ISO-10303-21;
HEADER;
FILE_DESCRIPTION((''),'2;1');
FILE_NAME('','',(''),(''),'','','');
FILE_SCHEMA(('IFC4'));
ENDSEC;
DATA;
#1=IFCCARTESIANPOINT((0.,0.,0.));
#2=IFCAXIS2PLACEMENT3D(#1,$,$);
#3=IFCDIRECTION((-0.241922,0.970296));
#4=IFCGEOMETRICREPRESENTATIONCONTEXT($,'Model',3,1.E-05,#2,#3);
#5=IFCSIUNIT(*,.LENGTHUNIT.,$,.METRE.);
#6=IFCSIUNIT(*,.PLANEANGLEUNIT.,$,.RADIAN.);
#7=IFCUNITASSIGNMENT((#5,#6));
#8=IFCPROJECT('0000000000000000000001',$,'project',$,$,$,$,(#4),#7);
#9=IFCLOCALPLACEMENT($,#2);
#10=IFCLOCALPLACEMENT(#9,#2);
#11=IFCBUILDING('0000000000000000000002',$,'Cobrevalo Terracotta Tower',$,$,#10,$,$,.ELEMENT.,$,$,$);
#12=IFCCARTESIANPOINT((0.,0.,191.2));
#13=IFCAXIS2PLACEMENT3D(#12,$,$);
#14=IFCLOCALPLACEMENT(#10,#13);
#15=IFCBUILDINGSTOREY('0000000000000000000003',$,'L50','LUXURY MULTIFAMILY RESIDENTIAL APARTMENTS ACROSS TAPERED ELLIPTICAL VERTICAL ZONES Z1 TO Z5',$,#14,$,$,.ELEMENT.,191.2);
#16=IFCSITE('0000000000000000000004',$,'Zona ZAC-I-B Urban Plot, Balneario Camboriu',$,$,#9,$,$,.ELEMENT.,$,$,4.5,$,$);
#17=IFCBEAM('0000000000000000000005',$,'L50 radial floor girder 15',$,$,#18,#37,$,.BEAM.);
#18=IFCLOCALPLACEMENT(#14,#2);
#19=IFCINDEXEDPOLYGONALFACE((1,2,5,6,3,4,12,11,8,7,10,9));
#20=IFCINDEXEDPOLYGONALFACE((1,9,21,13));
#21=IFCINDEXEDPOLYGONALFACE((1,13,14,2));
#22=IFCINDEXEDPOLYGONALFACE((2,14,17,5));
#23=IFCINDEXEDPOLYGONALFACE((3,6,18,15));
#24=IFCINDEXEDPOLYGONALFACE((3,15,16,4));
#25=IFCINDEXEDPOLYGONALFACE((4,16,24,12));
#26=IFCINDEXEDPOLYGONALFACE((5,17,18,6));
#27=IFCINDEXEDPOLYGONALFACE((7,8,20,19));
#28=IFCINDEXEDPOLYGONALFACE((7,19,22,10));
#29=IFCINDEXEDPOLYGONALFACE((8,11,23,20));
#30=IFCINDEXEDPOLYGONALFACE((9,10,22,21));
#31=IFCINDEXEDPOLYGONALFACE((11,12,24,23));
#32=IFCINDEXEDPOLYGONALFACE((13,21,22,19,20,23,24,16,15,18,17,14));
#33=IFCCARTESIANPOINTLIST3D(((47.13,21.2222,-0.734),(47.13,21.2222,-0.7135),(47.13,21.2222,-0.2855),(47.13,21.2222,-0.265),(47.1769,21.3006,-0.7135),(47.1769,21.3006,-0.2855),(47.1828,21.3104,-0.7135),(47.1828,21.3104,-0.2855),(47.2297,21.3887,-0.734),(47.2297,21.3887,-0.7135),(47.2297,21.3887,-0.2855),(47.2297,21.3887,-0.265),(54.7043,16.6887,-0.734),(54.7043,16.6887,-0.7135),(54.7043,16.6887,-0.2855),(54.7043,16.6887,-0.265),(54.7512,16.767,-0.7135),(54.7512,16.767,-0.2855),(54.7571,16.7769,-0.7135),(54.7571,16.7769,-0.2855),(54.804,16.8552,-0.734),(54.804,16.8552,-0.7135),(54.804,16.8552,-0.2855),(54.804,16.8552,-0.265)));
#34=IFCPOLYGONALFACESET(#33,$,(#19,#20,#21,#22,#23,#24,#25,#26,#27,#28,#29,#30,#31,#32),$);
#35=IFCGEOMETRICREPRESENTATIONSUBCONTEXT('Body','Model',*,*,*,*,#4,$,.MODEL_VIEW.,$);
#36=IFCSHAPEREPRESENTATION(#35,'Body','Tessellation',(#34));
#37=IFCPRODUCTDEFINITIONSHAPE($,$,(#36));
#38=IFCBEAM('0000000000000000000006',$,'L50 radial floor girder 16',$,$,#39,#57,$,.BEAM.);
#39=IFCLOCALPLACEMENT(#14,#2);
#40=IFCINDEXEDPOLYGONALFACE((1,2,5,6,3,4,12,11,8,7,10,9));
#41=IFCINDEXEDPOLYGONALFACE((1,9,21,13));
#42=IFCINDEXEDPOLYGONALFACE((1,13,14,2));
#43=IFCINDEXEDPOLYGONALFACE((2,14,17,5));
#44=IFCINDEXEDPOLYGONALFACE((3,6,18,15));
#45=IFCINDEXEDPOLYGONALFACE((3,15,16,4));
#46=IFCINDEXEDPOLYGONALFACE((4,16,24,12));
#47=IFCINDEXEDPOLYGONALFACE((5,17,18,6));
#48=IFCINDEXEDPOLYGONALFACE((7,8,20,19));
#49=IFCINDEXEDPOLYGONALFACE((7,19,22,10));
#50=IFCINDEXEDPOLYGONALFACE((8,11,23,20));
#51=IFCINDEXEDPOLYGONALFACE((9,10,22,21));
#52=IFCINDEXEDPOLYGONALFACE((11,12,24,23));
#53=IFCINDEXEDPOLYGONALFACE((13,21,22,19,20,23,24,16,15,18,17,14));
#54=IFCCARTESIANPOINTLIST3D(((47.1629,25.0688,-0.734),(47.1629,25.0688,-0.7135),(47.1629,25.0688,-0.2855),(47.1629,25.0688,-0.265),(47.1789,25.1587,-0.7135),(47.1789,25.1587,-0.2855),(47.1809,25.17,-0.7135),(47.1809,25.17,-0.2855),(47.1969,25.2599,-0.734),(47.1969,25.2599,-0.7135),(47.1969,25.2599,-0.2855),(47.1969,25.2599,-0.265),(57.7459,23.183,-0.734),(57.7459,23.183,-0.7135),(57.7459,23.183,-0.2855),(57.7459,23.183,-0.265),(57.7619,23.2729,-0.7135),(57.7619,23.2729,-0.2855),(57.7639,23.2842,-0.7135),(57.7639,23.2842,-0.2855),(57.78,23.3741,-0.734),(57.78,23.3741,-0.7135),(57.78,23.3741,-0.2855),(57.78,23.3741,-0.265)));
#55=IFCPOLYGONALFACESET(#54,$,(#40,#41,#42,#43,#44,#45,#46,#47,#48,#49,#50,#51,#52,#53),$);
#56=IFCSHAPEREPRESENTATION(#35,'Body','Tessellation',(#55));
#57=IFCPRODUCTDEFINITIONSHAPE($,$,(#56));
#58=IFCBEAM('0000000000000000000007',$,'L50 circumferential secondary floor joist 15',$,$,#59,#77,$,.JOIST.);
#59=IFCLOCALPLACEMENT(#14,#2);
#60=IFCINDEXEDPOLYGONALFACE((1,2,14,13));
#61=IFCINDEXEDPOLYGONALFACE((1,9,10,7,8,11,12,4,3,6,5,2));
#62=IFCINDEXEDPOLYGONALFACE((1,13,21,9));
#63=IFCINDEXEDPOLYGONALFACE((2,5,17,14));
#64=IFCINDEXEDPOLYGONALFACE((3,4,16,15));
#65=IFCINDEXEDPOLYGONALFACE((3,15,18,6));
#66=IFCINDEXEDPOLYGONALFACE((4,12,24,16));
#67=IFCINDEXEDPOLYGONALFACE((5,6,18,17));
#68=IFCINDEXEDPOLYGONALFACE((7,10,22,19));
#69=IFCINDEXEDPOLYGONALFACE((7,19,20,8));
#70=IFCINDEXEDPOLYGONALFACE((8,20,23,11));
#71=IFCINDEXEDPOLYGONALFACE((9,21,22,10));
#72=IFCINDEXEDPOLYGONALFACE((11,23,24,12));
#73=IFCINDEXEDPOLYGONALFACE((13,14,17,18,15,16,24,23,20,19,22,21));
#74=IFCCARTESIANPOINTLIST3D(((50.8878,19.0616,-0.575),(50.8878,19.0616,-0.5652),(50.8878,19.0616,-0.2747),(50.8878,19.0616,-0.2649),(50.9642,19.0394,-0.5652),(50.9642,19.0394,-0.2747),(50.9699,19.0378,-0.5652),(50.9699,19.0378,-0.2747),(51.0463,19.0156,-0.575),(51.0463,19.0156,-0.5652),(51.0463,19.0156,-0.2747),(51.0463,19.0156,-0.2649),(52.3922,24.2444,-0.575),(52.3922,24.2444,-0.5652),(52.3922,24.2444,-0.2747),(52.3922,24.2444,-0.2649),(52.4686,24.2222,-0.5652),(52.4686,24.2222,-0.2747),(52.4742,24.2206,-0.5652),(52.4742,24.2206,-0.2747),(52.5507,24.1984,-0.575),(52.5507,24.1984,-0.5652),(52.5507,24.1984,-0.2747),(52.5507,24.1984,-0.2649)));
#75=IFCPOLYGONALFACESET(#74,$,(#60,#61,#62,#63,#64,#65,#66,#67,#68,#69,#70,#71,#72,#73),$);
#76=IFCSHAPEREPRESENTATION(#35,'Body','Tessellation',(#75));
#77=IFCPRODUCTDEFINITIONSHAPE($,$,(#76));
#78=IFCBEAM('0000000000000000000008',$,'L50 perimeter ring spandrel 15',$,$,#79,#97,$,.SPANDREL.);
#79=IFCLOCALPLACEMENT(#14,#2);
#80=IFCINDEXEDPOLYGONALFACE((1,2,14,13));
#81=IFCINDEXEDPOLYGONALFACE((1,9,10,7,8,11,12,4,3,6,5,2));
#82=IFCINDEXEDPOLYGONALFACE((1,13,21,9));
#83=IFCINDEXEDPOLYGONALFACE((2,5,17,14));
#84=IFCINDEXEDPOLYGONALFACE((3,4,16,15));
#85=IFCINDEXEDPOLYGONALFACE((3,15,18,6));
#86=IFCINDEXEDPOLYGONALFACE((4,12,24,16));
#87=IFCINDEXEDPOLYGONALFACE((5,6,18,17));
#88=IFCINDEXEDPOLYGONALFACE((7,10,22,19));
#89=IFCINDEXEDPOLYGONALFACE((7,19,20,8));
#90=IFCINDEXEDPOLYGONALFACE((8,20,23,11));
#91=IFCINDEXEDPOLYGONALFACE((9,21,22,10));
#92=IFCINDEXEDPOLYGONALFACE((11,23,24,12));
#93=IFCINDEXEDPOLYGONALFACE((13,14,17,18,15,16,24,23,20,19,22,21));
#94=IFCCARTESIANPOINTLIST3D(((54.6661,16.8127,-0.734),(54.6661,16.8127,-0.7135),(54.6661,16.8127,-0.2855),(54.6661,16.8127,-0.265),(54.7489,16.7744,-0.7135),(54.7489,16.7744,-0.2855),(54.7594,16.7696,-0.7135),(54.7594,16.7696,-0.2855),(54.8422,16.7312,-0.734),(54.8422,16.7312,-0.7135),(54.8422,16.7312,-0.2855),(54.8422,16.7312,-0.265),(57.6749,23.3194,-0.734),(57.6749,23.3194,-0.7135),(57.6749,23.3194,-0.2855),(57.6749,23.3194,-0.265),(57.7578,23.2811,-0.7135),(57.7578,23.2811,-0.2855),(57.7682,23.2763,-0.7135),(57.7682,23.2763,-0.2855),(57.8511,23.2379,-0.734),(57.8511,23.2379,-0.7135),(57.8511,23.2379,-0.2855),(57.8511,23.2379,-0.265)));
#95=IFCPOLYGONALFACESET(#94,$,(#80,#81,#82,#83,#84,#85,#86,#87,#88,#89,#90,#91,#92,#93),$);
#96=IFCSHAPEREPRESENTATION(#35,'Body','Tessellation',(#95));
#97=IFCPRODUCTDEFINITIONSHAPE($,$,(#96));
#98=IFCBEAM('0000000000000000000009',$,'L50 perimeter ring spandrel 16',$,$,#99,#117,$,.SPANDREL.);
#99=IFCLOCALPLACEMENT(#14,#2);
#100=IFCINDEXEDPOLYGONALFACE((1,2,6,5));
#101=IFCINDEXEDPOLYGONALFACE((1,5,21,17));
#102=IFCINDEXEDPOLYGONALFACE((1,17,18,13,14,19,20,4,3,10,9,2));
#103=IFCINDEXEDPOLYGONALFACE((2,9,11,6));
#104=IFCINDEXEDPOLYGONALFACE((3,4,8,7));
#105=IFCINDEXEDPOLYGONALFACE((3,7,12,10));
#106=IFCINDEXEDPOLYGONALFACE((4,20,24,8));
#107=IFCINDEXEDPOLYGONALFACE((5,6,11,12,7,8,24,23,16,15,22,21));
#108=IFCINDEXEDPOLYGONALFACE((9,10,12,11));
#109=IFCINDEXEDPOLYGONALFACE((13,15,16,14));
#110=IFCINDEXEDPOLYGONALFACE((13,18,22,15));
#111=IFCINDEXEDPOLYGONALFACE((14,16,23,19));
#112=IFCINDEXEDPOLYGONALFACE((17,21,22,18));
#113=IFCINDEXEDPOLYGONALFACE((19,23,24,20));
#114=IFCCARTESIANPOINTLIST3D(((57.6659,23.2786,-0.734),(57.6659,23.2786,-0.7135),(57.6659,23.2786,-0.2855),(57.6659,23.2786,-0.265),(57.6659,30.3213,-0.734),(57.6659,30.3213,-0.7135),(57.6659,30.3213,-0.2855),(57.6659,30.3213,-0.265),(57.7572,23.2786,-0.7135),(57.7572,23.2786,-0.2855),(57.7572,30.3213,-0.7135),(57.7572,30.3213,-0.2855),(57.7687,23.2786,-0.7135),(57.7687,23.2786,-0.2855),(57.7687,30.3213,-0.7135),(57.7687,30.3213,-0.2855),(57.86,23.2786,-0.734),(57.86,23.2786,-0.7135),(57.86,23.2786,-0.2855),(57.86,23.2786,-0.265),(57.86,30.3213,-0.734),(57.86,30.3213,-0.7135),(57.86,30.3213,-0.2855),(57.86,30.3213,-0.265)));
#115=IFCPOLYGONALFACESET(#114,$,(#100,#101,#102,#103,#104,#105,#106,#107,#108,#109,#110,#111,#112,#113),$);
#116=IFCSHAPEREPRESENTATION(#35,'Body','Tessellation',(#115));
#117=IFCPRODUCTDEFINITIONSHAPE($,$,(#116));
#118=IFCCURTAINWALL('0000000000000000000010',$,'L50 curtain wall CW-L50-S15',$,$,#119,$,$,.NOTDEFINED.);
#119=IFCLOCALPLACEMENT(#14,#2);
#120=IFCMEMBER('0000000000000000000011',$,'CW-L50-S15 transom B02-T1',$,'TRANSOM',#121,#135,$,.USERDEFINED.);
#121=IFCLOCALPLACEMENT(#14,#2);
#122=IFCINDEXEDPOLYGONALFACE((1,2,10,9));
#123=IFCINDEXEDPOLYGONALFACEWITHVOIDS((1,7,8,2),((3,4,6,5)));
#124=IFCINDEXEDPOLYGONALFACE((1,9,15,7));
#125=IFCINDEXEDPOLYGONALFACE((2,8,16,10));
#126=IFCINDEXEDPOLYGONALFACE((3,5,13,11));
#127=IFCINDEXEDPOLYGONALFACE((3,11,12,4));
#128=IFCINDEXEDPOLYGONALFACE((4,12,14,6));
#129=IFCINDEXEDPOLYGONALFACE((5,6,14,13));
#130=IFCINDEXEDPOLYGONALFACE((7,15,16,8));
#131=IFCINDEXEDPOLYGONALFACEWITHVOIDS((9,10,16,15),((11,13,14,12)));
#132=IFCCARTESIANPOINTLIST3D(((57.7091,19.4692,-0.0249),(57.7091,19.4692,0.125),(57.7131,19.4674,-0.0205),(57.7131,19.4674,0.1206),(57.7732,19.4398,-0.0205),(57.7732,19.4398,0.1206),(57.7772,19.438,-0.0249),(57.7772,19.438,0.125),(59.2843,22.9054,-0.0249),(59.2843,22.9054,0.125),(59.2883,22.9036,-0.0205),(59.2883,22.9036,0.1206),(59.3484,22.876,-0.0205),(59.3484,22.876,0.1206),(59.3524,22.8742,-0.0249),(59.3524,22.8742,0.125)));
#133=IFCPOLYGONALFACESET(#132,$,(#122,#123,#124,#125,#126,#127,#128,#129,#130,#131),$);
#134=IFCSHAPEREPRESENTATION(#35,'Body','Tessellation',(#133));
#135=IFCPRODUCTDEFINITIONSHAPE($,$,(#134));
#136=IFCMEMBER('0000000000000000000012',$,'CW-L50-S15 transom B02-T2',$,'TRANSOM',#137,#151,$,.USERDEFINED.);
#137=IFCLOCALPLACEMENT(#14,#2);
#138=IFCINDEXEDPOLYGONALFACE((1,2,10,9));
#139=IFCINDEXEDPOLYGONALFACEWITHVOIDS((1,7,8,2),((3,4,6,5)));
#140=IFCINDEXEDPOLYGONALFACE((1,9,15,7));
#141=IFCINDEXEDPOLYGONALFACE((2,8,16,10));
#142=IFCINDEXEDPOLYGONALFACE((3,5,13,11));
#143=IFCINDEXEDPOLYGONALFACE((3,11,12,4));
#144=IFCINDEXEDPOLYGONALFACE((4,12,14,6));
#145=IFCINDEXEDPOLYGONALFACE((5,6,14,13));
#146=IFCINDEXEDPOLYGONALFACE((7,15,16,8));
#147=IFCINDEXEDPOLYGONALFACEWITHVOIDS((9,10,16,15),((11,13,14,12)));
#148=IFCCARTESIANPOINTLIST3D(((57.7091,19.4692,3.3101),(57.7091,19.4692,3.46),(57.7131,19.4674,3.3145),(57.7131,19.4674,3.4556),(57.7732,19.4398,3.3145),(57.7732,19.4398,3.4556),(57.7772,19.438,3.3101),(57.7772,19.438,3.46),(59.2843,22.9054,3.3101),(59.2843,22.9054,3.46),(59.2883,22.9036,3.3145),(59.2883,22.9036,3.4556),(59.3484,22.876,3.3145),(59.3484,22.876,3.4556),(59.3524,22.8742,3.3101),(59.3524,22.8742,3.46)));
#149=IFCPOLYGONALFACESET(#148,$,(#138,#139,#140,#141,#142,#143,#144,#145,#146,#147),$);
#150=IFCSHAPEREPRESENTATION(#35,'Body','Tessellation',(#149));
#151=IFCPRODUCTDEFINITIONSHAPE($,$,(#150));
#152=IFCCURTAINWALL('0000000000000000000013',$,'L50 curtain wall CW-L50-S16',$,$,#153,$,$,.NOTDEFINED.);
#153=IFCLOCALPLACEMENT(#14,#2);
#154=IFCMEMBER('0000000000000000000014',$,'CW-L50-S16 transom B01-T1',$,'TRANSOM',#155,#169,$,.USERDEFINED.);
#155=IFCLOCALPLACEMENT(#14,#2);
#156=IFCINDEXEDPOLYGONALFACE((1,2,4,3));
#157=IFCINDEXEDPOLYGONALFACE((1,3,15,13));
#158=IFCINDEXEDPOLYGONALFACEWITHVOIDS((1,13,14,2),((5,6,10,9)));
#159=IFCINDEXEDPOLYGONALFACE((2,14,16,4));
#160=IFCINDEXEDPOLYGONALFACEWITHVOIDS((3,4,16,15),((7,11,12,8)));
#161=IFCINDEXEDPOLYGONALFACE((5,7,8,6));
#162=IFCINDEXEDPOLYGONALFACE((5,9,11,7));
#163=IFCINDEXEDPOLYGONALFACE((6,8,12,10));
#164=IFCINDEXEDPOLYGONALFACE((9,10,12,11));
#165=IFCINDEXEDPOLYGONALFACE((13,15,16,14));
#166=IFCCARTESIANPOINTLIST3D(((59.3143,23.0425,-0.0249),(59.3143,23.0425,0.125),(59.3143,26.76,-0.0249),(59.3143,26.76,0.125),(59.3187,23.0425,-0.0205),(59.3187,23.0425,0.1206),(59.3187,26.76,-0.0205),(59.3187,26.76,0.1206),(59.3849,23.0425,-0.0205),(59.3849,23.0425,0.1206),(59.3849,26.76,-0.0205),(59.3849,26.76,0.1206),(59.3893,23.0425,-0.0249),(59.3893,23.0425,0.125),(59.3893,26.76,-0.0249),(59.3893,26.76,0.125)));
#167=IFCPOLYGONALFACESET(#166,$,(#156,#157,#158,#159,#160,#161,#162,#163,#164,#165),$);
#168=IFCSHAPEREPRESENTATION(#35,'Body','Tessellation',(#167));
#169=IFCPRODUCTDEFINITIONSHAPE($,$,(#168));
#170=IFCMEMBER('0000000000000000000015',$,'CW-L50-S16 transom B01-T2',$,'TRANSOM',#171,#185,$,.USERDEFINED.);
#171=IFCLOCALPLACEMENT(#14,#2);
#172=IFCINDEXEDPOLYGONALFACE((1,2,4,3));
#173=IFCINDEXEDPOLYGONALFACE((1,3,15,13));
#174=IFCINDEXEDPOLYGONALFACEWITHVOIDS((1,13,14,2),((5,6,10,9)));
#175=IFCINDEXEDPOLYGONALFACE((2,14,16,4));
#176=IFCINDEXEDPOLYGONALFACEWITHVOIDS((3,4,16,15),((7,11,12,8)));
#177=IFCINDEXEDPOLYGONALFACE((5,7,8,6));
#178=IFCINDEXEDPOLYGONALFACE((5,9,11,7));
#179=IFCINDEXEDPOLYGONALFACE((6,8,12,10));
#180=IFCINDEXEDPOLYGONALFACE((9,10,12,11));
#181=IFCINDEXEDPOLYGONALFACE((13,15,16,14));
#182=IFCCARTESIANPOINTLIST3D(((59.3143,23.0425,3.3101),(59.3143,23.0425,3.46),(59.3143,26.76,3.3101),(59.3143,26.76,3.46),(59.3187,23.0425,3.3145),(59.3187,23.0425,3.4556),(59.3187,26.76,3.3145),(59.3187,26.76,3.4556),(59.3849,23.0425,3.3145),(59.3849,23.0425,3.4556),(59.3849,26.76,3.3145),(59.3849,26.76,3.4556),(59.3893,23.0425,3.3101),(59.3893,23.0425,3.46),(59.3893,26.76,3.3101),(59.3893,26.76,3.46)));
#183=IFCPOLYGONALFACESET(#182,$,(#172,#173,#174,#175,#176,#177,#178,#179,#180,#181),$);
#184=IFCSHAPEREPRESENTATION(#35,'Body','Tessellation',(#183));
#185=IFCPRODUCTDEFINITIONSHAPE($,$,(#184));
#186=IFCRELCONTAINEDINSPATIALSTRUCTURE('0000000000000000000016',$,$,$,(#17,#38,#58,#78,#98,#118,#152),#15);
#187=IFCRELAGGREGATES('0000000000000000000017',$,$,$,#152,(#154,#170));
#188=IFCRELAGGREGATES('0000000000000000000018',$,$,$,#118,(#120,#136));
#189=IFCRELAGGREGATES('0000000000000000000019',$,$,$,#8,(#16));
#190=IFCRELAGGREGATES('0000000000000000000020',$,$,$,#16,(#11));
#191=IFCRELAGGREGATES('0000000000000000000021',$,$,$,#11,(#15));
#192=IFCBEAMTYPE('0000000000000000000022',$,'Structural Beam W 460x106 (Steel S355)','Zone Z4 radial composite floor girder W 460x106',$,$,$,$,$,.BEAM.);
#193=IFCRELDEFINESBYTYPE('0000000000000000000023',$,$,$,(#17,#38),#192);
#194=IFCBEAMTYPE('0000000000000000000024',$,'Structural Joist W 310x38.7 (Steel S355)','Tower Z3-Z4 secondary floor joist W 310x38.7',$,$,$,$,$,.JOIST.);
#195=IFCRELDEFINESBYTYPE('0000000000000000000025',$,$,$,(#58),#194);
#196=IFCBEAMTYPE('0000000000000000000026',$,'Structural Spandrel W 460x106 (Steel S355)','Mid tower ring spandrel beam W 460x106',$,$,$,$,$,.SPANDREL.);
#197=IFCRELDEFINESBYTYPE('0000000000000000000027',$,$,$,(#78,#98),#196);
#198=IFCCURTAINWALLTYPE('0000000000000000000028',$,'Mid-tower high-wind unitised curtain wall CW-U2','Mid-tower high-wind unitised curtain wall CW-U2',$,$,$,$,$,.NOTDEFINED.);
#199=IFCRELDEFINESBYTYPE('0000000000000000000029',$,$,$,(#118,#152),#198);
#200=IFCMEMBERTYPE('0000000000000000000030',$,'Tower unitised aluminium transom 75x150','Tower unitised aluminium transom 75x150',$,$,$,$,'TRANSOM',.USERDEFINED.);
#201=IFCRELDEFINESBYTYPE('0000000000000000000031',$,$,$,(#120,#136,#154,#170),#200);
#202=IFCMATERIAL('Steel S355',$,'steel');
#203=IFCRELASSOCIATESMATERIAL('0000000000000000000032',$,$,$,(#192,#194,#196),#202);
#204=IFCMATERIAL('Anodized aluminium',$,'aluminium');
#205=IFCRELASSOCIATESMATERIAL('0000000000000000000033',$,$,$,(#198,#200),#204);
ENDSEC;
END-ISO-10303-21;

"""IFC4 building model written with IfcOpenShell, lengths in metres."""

from ifc_helpers import new_model, si_unit, direction, frame, origin, origin_2d, place, context, subcontext, project, spatial, hollow_rectangle, i_section, extrude, source, transform, mapped, material, material_profile, profile_set, type_object, element, aggregate, save


model = new_model("IFC4")

# Units and contexts
model_context = context("Model", 3, precision=1e-05, world=origin(), true_north=direction((-0.241922, 0.970296)))
body_context = subcontext(model_context, "Body", "Model", "MODEL_VIEW")
ifc_project = project(units=[si_unit("LENGTHUNIT", "METRE"), si_unit("PLANEANGLEUNIT", "RADIAN")], contexts=[model_context])

# Site, building, storey
site_placement = place(None, origin())
site = spatial("IfcSite", under=ifc_project, at=site_placement, Name="Zona ZAC-I-B Urban Plot, Balneario Camboriu", CompositionType="ELEMENT", RefElevation=4.5)
building_placement = place(site_placement, origin())
building = spatial("IfcBuilding", under=site, at=building_placement, Name="Cobrevalo Terracotta Tower", CompositionType="ELEMENT")
storey_placement = place(building_placement, frame((0.0, 0.0, 191.2)))
storey = spatial("IfcBuildingStorey", under=building, at=storey_placement, Name="L50", Description="LUXURY MULTIFAMILY RESIDENTIAL APARTMENTS ACROSS TAPERED ELLIPTICAL VERTICAL ZONES Z1 TO Z5", CompositionType="ELEMENT", Elevation=191.2)

# Shared definitions
ifc_material_1 = material(Name="Steel S355", Category="steel")

# Beams
ifc_material_profile_1 = material_profile(ifc_material_1, i_section(OverallWidth=0.1941, OverallDepth=0.469, WebThickness=0.0115, FlangeThickness=0.0205, at=origin_2d()), Name="W 460x106")
ifc_profile_set_1 = profile_set([ifc_material_profile_1], Name="Steel S355")
beam_type_1 = type_object("IfcBeamType", Name="Structural Beam W 460x106 (Steel S355)", Description="Zone Z4 radial composite floor girder W 460x106", PredefinedType="BEAM", material=ifc_profile_set_1)
beam_1_placement = place(storey_placement, frame((54.7542, 16.772, -0.4995), z_axis=(-0.858046, 0.513572, 0.0), x_axis=(-0.513572, -0.858046, 0.0)))
element("IfcBeam", 1, at=beam_1_placement, inside=storey, type_object=beam_type_1, Name="L50 radial floor girder 15", PredefinedType="BEAM", context=body_context, shape_type="SweptSolid", body=[
    extrude(i_section(OverallWidth=0.1941, OverallDepth=0.469, WebThickness=0.0115, FlangeThickness=0.0205, at=origin_2d()), origin(), (0.0, 0.0, 1.0), 8.8274),
])
beam_2_placement = place(storey_placement, frame((57.7629, 23.2786, -0.4995), z_axis=(-0.984493, 0.175423, 0.0), x_axis=(-0.175423, -0.984493, 0.0)))
element("IfcBeam", 2, at=beam_2_placement, inside=storey, type_object=beam_type_1, Name="L50 radial floor girder 16", PredefinedType="BEAM", context=body_context, shape_type="SweptSolid", body=[
    extrude(i_section(OverallWidth=0.1941, OverallDepth=0.469, WebThickness=0.0115, FlangeThickness=0.0205, at=origin_2d()), origin(), (0.0, 0.0, 1.0), 10.7498),
])
ifc_material_profile_2 = material_profile(ifc_material_1, i_section(OverallWidth=0.165, OverallDepth=0.3101, WebThickness=0.0059, FlangeThickness=0.0098, at=origin_2d()), Name="W 310x38.7")
ifc_profile_set_2 = profile_set([ifc_material_profile_2], Name="Steel S355")
beam_type_2 = type_object("IfcBeamType", Name="Structural Joist W 310x38.7 (Steel S355)", Description="Tower Z3-Z4 secondary floor joist W 310x38.7", PredefinedType="JOIST", material=ifc_profile_set_2)
beam_3_placement = place(storey_placement, frame((50.967, 19.0386, -0.4199), z_axis=(0.278758, 0.960361, 0.0), x_axis=(-0.960361, 0.278758, 0.0)))
element("IfcBeam", 3, at=beam_3_placement, inside=storey, type_object=beam_type_2, Name="L50 circumferential secondary floor joist 15", PredefinedType="JOIST", context=body_context, shape_type="SweptSolid", body=[
    extrude(i_section(OverallWidth=0.165, OverallDepth=0.3101, WebThickness=0.0059, FlangeThickness=0.0098, at=origin_2d()), origin(), (0.0, 0.0, 1.0), 5.3967),
])
ifc_material_profile_3 = material_profile(ifc_material_1, i_section(OverallWidth=0.1941, OverallDepth=0.469, WebThickness=0.0115, FlangeThickness=0.0205, at=origin_2d()), Name="W 460x106")
ifc_profile_set_3 = profile_set([ifc_material_profile_3], Name="Steel S355")
beam_type_3 = type_object("IfcBeamType", Name="Structural Spandrel W 460x106 (Steel S355)", Description="Mid tower ring spandrel beam W 460x106", PredefinedType="SPANDREL", material=ifc_profile_set_3)
beam_4_placement = place(storey_placement, frame((54.7542, 16.772, -0.4995), z_axis=(0.419719, 0.907654, 0.0), x_axis=(-0.907654, 0.419719, 0.0)))
element("IfcBeam", 4, at=beam_4_placement, inside=storey, type_object=beam_type_3, Name="L50 perimeter ring spandrel 15", PredefinedType="SPANDREL", context=body_context, shape_type="SweptSolid", body=[
    extrude(i_section(OverallWidth=0.1941, OverallDepth=0.469, WebThickness=0.0115, FlangeThickness=0.0205, at=origin_2d()), origin(), (0.0, 0.0, 1.0), 7.1687),
])
beam_5_placement = place(storey_placement, frame((57.7629, 23.2786, -0.4995), z_axis=(0.0, 1.0, 0.0), x_axis=(-1.0, 0.0, 0.0)))
element("IfcBeam", 5, at=beam_5_placement, inside=storey, type_object=beam_type_3, Name="L50 perimeter ring spandrel 16", PredefinedType="SPANDREL", context=body_context, shape_type="SweptSolid", body=[
    extrude(i_section(OverallWidth=0.1941, OverallDepth=0.469, WebThickness=0.0115, FlangeThickness=0.0205, at=origin_2d()), origin(), (0.0, 0.0, 1.0), 7.0427),
])

# Curtain walls, members
ifc_material_2 = material(Name="Anodized aluminium", Category="aluminium")
curtain_wall_type = type_object("IfcCurtainWallType", Name="Mid-tower high-wind unitised curtain wall CW-U2", Description="Mid-tower high-wind unitised curtain wall CW-U2", PredefinedType="NOTDEFINED", material=ifc_material_2)
curtain_wall_1_placement = place(storey_placement, origin())
curtain_wall_1 = element("IfcCurtainWall", 6, at=curtain_wall_1_placement, inside=storey, type_object=curtain_wall_type, Name="L50 curtain wall CW-L50-S15", PredefinedType="NOTDEFINED")
ifc_material_profile_4 = material_profile(ifc_material_2, hollow_rectangle(XDim=0.075, YDim=0.1499, WallThickness=0.0044, at=origin_2d()), Name="CWT 75x150")
ifc_profile_set_4 = profile_set([ifc_material_profile_4], Name="Anodized aluminium")
member_type_1 = type_object("IfcMemberType", Name="Tower unitised aluminium transom 75x150", Description="Tower unitised aluminium transom 75x150", ElementType="TRANSOM", PredefinedType="USERDEFINED", material=ifc_profile_set_4)
shared_shape_1 = source(origin(), body_context, "Body", "SweptSolid", [
    extrude(hollow_rectangle(XDim=0.075, YDim=0.1499, WallThickness=0.0044, at=origin_2d()), origin(), (0.0, 0.0, 1.0), 3.78),
])
member_1_placement = place(storey_placement, frame((57.7432, 19.4536, 0.05), z_axis=(0.416706, 0.909041, 0.0), x_axis=(-0.909041, 0.416706, 0.0)))
member_1 = element("IfcMember", 7, at=member_1_placement, type_object=member_type_1, Name="CW-L50-S15 transom B02-T1", ObjectType="TRANSOM", PredefinedType="USERDEFINED", context=body_context, shape_type="MappedRepresentation", body=[
    mapped(shared_shape_1, transform((0.0, 0.0, 0.0), scale=1.0)),
])
member_2_placement = place(storey_placement, frame((57.7432, 19.4536, 3.385), z_axis=(0.416706, 0.909041, 0.0), x_axis=(-0.909041, 0.416706, 0.0)))
member_2 = element("IfcMember", 8, at=member_2_placement, type_object=member_type_1, Name="CW-L50-S15 transom B02-T2", ObjectType="TRANSOM", PredefinedType="USERDEFINED", context=body_context, shape_type="MappedRepresentation", body=[
    mapped(shared_shape_1, transform((0.0, 0.0, 0.0), scale=1.0)),
])
curtain_wall_2_placement = place(storey_placement, origin())
curtain_wall_2 = element("IfcCurtainWall", 9, at=curtain_wall_2_placement, inside=storey, type_object=curtain_wall_type, Name="L50 curtain wall CW-L50-S16", PredefinedType="NOTDEFINED")
shared_shape_2 = source(origin(), body_context, "Body", "SweptSolid", [
    extrude(hollow_rectangle(XDim=0.075, YDim=0.1499, WallThickness=0.0044, at=origin_2d()), origin(), (0.0, 0.0, 1.0), 3.7175),
])
member_3_placement = place(storey_placement, frame((59.3518, 23.0425, 0.05), z_axis=(0.0, 1.0, 0.0), x_axis=(-1.0, 0.0, 0.0)))
member_3 = element("IfcMember", 10, at=member_3_placement, type_object=member_type_1, Name="CW-L50-S16 transom B01-T1", ObjectType="TRANSOM", PredefinedType="USERDEFINED", context=body_context, shape_type="MappedRepresentation", body=[
    mapped(shared_shape_2, transform((0.0, 0.0, 0.0), scale=1.0)),
])
member_4_placement = place(storey_placement, frame((59.3518, 23.0425, 3.385), z_axis=(0.0, 1.0, 0.0), x_axis=(-1.0, 0.0, 0.0)))
member_4 = element("IfcMember", 11, at=member_4_placement, type_object=member_type_1, Name="CW-L50-S16 transom B01-T2", ObjectType="TRANSOM", PredefinedType="USERDEFINED", context=body_context, shape_type="MappedRepresentation", body=[
    mapped(shared_shape_2, transform((0.0, 0.0, 0.0), scale=1.0)),
])

aggregate(curtain_wall_2, [member_3, member_4])

aggregate(curtain_wall_1, [member_1, member_2])

save(model, "model.ifc")
